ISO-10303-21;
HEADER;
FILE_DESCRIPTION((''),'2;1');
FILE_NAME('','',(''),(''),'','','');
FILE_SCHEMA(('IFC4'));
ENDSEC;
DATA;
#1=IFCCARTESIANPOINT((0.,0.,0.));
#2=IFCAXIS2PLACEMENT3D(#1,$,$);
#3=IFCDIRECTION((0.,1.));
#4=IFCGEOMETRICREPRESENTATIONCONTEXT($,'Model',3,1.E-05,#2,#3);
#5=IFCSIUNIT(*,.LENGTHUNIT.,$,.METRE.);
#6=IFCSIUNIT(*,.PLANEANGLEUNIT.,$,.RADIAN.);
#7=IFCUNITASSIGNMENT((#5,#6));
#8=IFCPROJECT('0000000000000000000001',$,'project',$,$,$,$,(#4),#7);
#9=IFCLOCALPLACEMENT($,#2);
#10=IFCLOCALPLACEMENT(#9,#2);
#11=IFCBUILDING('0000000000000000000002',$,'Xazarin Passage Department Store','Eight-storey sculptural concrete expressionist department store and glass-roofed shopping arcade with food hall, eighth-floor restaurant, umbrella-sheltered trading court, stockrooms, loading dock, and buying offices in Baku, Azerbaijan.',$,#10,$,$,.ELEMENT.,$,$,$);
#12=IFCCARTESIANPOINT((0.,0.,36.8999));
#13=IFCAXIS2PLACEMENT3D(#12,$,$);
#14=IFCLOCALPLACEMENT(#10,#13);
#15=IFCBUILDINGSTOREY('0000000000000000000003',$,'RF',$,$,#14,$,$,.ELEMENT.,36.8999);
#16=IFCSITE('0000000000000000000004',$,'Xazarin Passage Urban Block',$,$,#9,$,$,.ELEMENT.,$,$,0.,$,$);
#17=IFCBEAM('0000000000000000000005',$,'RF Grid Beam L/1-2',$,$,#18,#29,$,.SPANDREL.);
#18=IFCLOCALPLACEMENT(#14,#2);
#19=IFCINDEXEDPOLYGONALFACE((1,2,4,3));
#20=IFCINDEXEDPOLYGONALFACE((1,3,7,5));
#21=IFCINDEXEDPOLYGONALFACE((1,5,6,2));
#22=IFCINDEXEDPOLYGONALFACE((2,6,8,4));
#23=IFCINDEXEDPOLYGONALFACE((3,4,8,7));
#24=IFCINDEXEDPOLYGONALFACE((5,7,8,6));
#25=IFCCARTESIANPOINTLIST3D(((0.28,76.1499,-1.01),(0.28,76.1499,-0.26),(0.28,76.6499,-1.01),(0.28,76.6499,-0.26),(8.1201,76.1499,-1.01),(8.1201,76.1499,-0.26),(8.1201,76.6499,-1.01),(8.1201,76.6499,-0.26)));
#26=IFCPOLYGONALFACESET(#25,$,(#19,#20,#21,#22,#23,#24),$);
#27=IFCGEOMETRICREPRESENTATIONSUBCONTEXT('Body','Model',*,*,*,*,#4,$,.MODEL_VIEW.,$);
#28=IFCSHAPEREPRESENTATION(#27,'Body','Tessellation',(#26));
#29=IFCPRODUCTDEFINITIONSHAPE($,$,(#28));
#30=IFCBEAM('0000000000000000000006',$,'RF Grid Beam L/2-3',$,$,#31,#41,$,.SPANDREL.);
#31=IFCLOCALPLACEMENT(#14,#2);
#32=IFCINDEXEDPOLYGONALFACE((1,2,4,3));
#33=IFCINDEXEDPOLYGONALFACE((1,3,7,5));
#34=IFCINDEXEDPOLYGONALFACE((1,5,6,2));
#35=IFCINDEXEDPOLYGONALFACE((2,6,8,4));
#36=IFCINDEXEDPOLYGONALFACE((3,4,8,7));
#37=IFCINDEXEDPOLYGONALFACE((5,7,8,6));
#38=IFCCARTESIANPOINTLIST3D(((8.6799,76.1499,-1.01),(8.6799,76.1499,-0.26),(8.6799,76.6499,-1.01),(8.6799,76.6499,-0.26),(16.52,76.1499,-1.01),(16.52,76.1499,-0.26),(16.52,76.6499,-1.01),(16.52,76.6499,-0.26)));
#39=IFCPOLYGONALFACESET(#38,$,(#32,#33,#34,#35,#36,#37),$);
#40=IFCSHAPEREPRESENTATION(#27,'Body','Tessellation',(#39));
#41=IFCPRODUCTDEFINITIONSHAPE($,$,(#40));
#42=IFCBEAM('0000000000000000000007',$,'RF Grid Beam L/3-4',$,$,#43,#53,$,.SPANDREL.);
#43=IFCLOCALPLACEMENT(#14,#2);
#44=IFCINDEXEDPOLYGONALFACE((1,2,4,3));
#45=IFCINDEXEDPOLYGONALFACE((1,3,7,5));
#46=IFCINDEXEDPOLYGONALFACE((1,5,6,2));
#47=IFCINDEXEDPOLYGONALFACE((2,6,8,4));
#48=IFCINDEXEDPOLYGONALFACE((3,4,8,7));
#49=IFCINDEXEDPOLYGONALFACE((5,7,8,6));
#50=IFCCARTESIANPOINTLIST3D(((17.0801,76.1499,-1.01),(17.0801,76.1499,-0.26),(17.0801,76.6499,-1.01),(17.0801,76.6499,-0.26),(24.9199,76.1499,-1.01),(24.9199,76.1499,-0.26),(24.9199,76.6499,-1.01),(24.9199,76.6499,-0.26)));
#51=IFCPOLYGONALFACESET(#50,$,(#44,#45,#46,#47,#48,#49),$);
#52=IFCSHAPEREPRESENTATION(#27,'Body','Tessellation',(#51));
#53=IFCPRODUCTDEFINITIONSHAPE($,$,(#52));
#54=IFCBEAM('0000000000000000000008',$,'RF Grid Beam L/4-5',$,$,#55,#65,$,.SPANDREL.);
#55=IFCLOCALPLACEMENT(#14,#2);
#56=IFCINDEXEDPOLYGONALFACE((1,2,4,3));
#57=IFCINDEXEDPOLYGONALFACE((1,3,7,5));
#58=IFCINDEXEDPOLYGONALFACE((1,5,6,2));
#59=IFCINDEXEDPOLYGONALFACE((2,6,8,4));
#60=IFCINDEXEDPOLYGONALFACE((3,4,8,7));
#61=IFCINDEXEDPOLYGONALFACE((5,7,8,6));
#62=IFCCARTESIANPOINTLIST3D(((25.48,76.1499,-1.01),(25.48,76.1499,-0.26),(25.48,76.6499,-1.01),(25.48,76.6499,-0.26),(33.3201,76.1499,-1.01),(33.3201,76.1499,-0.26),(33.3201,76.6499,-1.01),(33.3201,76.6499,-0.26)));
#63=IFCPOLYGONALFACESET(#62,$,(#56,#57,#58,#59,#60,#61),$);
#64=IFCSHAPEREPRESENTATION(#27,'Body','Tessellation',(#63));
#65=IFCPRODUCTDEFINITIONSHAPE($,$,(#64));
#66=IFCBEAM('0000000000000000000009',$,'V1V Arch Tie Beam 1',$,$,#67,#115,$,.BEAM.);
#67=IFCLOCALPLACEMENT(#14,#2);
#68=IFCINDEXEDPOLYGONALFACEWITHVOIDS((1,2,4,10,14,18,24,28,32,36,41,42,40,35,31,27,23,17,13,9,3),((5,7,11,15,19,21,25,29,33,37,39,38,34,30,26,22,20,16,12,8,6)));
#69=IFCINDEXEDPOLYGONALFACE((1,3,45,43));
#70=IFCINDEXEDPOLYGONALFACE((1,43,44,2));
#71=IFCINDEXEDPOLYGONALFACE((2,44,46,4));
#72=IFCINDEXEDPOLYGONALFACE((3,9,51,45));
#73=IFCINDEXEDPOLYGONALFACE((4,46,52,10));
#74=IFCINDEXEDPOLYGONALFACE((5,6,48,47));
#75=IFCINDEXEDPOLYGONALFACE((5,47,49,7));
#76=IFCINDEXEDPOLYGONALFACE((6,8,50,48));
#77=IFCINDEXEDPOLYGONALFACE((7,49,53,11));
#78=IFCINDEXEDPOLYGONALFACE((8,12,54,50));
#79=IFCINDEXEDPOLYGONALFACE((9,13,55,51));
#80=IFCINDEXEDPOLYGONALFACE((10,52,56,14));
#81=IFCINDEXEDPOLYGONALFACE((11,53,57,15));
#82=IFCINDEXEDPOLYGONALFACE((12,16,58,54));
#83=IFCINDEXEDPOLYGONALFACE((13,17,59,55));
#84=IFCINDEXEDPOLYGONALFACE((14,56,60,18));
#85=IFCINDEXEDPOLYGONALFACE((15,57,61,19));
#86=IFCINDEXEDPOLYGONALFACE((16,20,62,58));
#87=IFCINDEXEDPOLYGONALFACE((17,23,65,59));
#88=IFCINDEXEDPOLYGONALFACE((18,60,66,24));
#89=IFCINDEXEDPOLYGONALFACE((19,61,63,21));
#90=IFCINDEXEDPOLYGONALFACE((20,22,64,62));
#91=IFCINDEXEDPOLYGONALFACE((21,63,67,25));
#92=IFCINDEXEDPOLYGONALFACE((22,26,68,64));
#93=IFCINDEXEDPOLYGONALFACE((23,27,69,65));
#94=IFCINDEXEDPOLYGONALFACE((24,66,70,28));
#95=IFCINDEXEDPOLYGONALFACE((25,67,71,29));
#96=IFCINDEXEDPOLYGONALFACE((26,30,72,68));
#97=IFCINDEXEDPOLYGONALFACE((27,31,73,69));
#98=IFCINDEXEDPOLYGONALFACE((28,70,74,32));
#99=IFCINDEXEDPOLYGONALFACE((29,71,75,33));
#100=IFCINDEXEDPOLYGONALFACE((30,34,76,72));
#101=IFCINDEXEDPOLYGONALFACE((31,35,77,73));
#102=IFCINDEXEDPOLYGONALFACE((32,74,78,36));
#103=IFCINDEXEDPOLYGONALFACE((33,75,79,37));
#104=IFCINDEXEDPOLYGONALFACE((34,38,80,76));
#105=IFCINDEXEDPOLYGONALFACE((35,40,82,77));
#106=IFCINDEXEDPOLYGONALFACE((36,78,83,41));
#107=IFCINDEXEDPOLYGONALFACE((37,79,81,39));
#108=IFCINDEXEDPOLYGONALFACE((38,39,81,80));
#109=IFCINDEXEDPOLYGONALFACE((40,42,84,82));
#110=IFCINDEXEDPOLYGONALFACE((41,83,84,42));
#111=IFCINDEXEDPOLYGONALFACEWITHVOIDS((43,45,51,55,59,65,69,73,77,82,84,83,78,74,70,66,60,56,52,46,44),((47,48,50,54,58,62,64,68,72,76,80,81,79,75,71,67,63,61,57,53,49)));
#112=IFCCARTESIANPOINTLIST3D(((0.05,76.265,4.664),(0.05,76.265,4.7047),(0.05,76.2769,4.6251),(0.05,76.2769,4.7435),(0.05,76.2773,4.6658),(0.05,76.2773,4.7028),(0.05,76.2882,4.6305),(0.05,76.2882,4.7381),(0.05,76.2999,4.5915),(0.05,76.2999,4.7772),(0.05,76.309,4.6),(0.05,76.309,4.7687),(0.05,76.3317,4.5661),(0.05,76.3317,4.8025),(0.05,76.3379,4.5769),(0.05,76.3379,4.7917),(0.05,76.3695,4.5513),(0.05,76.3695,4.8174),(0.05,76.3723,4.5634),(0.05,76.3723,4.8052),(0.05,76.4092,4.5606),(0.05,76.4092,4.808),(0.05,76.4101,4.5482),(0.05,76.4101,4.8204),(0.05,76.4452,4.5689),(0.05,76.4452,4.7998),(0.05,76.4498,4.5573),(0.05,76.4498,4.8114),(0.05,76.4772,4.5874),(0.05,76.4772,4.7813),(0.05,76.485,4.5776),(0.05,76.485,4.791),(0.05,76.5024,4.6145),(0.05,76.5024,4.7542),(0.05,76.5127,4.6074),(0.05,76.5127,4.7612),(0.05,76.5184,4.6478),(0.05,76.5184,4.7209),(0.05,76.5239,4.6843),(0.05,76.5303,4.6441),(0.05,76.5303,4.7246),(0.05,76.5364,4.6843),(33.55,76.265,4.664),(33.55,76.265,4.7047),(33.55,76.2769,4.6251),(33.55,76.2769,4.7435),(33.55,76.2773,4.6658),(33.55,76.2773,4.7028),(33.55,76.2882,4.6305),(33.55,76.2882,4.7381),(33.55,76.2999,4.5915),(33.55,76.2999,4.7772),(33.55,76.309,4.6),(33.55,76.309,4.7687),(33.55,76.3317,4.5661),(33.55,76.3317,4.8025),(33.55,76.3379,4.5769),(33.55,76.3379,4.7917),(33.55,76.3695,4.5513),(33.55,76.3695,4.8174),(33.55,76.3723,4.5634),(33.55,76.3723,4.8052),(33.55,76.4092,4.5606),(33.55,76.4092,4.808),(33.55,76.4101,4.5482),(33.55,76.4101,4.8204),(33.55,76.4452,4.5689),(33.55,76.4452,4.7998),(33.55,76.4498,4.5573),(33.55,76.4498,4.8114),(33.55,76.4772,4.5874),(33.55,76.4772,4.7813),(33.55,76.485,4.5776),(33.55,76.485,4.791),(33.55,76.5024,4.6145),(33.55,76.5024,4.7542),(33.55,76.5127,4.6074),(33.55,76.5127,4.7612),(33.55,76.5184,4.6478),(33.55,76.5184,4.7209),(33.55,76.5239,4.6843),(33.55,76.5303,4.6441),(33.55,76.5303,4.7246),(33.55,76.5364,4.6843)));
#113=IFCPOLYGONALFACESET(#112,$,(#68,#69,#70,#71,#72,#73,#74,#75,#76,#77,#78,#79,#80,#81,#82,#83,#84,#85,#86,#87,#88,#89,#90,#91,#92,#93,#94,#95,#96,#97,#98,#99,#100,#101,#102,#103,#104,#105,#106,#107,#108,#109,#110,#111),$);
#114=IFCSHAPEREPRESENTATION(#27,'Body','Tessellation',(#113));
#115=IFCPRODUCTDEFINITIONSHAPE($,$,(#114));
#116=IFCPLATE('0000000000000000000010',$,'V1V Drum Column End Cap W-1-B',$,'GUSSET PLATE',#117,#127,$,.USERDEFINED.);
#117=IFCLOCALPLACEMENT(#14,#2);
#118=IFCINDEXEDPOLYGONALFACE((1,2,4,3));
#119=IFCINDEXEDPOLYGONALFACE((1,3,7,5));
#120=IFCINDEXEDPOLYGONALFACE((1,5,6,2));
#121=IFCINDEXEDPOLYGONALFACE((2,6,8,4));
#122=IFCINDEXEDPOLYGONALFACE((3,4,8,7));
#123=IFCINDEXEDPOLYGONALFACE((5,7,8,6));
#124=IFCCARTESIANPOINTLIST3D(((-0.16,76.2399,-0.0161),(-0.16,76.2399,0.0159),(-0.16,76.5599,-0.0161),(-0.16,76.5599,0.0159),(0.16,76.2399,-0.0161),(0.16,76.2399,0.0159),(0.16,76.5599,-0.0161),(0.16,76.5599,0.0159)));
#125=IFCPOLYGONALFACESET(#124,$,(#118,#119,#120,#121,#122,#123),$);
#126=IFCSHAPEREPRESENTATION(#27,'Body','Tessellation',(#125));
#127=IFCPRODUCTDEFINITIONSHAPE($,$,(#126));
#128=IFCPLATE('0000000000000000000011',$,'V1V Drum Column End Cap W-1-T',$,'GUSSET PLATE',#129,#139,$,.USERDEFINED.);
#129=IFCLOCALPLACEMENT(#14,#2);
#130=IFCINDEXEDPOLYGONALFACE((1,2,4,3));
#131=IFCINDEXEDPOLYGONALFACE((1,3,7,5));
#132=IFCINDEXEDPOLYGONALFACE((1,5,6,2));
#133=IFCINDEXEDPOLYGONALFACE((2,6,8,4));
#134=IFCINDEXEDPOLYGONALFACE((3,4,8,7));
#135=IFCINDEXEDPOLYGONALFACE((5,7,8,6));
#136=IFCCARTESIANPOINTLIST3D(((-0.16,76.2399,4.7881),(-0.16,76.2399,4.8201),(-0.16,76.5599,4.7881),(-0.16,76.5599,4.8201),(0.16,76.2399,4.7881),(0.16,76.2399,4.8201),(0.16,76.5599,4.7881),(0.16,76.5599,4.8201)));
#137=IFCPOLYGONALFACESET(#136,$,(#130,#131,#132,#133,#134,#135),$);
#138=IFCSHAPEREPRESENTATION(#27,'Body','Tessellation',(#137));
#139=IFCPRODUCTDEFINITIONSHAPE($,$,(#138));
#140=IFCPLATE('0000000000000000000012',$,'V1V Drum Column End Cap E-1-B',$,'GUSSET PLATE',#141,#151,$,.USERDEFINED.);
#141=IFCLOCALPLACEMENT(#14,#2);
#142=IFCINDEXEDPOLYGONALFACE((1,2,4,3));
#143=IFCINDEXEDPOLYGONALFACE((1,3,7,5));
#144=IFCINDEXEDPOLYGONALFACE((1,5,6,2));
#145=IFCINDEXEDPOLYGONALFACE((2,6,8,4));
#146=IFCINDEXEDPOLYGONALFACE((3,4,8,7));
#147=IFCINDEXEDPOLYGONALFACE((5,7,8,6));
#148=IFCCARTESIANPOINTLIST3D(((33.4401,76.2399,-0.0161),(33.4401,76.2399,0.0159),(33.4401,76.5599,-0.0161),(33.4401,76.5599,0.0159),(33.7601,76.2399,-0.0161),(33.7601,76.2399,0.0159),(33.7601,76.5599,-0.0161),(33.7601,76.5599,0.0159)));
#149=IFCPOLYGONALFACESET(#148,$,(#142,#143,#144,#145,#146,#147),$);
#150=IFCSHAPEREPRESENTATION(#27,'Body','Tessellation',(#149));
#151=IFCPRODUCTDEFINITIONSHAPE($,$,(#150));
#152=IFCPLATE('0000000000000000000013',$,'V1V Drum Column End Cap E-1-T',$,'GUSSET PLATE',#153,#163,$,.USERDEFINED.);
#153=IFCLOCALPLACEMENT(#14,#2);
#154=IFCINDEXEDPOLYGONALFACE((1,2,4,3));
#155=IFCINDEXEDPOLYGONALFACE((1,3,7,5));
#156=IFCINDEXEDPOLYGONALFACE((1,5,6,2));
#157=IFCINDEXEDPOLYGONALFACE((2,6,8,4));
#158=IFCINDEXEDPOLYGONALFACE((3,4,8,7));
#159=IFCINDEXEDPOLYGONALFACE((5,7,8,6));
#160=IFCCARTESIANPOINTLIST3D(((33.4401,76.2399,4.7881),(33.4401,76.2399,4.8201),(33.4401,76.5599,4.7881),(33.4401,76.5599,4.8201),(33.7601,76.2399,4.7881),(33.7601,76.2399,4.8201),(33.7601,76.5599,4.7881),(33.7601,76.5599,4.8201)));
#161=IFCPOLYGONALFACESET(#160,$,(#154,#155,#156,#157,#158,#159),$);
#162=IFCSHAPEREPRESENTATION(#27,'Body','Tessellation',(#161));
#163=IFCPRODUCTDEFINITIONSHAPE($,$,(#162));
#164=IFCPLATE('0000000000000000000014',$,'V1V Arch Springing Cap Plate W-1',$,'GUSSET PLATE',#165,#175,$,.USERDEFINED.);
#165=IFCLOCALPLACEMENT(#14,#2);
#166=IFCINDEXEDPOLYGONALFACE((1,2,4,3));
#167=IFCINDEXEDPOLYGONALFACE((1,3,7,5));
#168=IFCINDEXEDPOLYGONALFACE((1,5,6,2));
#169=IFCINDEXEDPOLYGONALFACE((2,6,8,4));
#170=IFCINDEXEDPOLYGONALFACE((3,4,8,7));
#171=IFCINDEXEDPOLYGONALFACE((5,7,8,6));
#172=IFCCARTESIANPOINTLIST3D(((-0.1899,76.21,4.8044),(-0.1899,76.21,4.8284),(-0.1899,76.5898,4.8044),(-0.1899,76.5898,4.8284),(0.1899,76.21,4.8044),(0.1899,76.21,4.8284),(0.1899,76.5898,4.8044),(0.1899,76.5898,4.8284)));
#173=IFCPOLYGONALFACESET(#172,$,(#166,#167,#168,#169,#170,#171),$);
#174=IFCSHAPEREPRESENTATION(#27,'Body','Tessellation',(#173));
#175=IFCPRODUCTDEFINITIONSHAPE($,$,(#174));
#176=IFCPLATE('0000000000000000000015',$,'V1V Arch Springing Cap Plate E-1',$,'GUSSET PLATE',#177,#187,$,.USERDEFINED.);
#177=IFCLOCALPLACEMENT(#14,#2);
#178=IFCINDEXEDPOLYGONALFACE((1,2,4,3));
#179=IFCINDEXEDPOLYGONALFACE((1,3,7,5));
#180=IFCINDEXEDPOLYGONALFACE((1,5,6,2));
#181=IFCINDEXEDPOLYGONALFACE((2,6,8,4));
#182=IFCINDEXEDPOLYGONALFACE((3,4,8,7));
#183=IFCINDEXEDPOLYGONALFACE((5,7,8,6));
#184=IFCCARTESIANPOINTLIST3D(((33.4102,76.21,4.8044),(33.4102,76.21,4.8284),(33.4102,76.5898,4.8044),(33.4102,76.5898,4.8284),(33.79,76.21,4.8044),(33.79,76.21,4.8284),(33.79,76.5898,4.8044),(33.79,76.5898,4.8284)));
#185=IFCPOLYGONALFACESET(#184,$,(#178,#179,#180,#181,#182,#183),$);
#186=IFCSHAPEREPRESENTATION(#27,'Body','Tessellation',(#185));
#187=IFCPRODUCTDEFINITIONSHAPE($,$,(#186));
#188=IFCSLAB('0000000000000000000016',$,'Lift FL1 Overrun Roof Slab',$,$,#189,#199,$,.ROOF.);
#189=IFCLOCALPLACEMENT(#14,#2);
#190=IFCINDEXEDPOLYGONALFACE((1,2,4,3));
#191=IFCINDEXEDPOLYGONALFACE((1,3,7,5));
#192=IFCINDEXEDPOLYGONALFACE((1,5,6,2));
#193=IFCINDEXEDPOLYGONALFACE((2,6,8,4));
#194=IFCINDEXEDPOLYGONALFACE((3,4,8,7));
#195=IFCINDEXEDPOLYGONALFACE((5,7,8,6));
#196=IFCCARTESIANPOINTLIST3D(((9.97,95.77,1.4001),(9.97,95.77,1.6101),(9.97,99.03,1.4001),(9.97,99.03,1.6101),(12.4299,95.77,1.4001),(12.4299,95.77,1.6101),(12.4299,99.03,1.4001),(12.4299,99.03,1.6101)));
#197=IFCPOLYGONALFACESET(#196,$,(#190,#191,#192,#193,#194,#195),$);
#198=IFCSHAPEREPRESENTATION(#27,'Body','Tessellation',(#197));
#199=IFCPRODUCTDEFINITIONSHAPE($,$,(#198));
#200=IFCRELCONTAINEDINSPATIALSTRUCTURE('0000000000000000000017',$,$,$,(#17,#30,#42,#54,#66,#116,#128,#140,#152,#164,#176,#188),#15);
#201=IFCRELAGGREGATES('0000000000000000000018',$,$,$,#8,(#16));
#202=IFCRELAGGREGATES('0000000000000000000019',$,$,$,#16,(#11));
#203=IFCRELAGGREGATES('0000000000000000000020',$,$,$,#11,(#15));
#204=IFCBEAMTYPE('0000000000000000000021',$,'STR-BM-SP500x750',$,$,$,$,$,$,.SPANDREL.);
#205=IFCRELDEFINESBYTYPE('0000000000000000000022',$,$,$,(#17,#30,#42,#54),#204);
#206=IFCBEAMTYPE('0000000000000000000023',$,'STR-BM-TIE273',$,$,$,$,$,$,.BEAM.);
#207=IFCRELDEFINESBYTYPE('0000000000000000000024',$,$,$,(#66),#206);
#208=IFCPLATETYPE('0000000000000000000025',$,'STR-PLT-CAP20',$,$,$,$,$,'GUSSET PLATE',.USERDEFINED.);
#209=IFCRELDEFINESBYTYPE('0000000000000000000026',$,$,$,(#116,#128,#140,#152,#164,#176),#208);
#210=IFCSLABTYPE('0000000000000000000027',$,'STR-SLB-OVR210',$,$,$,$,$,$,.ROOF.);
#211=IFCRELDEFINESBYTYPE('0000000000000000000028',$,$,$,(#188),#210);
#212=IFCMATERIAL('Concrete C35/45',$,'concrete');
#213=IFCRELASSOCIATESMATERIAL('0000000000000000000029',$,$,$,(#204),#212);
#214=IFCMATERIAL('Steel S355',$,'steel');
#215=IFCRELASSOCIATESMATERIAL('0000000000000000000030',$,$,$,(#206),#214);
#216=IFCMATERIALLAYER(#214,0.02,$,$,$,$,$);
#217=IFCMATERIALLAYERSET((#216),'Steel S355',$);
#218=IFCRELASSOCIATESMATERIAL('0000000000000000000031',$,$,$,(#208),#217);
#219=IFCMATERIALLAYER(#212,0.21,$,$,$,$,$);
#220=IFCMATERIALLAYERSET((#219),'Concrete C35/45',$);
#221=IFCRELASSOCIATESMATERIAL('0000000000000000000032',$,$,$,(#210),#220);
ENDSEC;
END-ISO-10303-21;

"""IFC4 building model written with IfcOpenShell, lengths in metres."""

from ifc_helpers import new_model, si_unit, direction, frame, origin, origin_2d, place, context, subcontext, project, spatial, polyline, rectangle, hollow_circle, outline, extrude, material, layer, layer_set, material_profile, profile_set, type_object, element, save


model = new_model("IFC4")

# Units and contexts
model_context = context("Model", 3, precision=1e-05, world=origin(), true_north=direction((0.0, 1.0)))
body_context = subcontext(model_context, "Body", "Model", "MODEL_VIEW")
ifc_project = project(units=[si_unit("LENGTHUNIT", "METRE"), si_unit("PLANEANGLEUNIT", "RADIAN")], contexts=[model_context])

# Site, building, storey
site_placement = place(None, origin())
site = spatial("IfcSite", under=ifc_project, at=site_placement, Name="Xazarin Passage Urban Block", CompositionType="ELEMENT", RefElevation=0.0)
building_placement = place(site_placement, origin())
building = spatial("IfcBuilding", under=site, at=building_placement, Name="Xazarin Passage Department Store", Description="Eight-storey sculptural concrete expressionist department store and glass-roofed shopping arcade with food hall, eighth-floor restaurant, umbrella-sheltered trading court, stockrooms, loading dock, and buying offices in Baku, Azerbaijan.", CompositionType="ELEMENT")
storey_placement = place(building_placement, frame((0.0, 0.0, 36.8999)))
storey = spatial("IfcBuildingStorey", under=building, at=storey_placement, Name="RF", CompositionType="ELEMENT", Elevation=36.8999)

# Shared definitions
ifc_material_1 = material(Name="Steel S355", Category="steel")

# Beams
ifc_material_2 = material(Name="Concrete C35/45", Category="concrete")
ifc_material_profile_1 = material_profile(ifc_material_2, rectangle(XDim=0.5, YDim=0.75, at=origin_2d()), Name="RC 500x750")
ifc_profile_set_1 = profile_set([ifc_material_profile_1], Name="Concrete C35/45")
beam_type_1 = type_object("IfcBeamType", Name="STR-BM-SP500x750", PredefinedType="SPANDREL", material=ifc_profile_set_1)
for number, where, z_axis, x_axis, name in (
    (1, (0.28, 76.3999, -0.635), (1.0, 0.0, 0.0), (0.0, 1.0, 0.0), "RF Grid Beam L/1-2"),
    (2, (8.6799, 76.3999, -0.635), (1.0, 0.0, 0.0), (0.0, 1.0, 0.0), "RF Grid Beam L/2-3"),
):
    element("IfcBeam", number, at=place(storey_placement, frame(where, z_axis=z_axis, x_axis=x_axis)), inside=storey, type_object=beam_type_1, Name=name, PredefinedType="SPANDREL", context=body_context, shape_type="SweptSolid", body=[
        extrude(rectangle(XDim=0.5, YDim=0.75, at=origin_2d()), origin(), (0.0, 0.0, 1.0), 7.8401),
    ])
beam_1_placement = place(storey_placement, frame((17.0801, 76.3999, -0.635), z_axis=(1.0, 0.0, 0.0), x_axis=(0.0, 1.0, 0.0)))
element("IfcBeam", 3, at=beam_1_placement, inside=storey, type_object=beam_type_1, Name="RF Grid Beam L/3-4", PredefinedType="SPANDREL", context=body_context, shape_type="SweptSolid", body=[
    extrude(rectangle(XDim=0.5, YDim=0.75, at=origin_2d()), origin(), (0.0, 0.0, 1.0), 7.8398),
])
beam_2_placement = place(storey_placement, frame((25.48, 76.3999, -0.635), z_axis=(1.0, 0.0, 0.0), x_axis=(0.0, 1.0, 0.0)))
element("IfcBeam", 4, at=beam_2_placement, inside=storey, type_object=beam_type_1, Name="RF Grid Beam L/4-5", PredefinedType="SPANDREL", context=body_context, shape_type="SweptSolid", body=[
    extrude(rectangle(XDim=0.5, YDim=0.75, at=origin_2d()), origin(), (0.0, 0.0, 1.0), 7.8401),
])
ifc_material_profile_2 = material_profile(ifc_material_1, hollow_circle(Radius=0.1365, WallThickness=0.0125, at=origin_2d()), Name="CHS 273x12.5")
ifc_profile_set_2 = profile_set([ifc_material_profile_2], Name="Steel S355")
beam_type_2 = type_object("IfcBeamType", Name="STR-BM-TIE273", PredefinedType="BEAM", material=ifc_profile_set_2)
beam_3_placement = place(storey_placement, frame((0.05, 76.3999, 4.6843), z_axis=(1.0, 0.0, 0.0), x_axis=(0.0, 1.0, 0.0)))
element("IfcBeam", 5, at=beam_3_placement, inside=storey, type_object=beam_type_2, Name="V1V Arch Tie Beam 1", PredefinedType="BEAM", context=body_context, shape_type="SweptSolid", body=[
    extrude(hollow_circle(Radius=0.1365, WallThickness=0.0125, at=origin_2d()), origin(), (0.0, 0.0, 1.0), 33.5),
])

# Plates
ifc_layer_1 = layer(ifc_material_1, 0.02)
ifc_layer_set_1 = layer_set([ifc_layer_1], Name="Steel S355")
plate_type = type_object("IfcPlateType", Name="STR-PLT-CAP20", ElementType="GUSSET PLATE", PredefinedType="USERDEFINED", material=ifc_layer_set_1)
for number, where, z_axis, x_axis, name in (
    (6, (0.0, 76.3999, -0.0161), (0.0, 0.0, 1.0), (1.0, 0.0, 0.0), "V1V Drum Column End Cap W-1-B"),
    (7, (0.0, 76.3999, 4.7881), (0.0, 0.0, 1.0), (1.0, 0.0, 0.0), "V1V Drum Column End Cap W-1-T"),
    (8, (33.6001, 76.3999, -0.0161), (0.0, 0.0, 1.0), (1.0, 0.0, 0.0), "V1V Drum Column End Cap E-1-B"),
    (9, (33.6001, 76.3999, 4.7881), (0.0, 0.0, 1.0), (1.0, 0.0, 0.0), "V1V Drum Column End Cap E-1-T"),
):
    element("IfcPlate", number, at=place(storey_placement, frame(where, z_axis=z_axis, x_axis=x_axis)), inside=storey, type_object=plate_type, Name=name, ObjectType="GUSSET PLATE", PredefinedType="USERDEFINED", context=body_context, shape_type="SweptSolid", body=[
        extrude(rectangle(XDim=0.3201, YDim=0.3201, at=origin_2d()), origin(), (0.0, 0.0, 1.0), 0.032),
    ])
for number, where, z_axis, x_axis, name in (
    (10, (0.0, 76.3999, 4.8044), (0.0, 0.0, 1.0), (1.0, 0.0, 0.0), "V1V Arch Springing Cap Plate W-1"),
    (11, (33.6001, 76.3999, 4.8044), (0.0, 0.0, 1.0), (1.0, 0.0, 0.0), "V1V Arch Springing Cap Plate E-1"),
):
    element("IfcPlate", number, at=place(storey_placement, frame(where, z_axis=z_axis, x_axis=x_axis)), inside=storey, type_object=plate_type, Name=name, ObjectType="GUSSET PLATE", PredefinedType="USERDEFINED", context=body_context, shape_type="SweptSolid", body=[
        extrude(rectangle(XDim=0.3799, YDim=0.3799, at=origin_2d()), origin(), (0.0, 0.0, 1.0), 0.0239),
    ])

# Slab
ifc_layer_2 = layer(ifc_material_2, 0.21)
ifc_layer_set_2 = layer_set([ifc_layer_2], Name="Concrete C35/45")
slab_type_1 = type_object("IfcSlabType", Name="STR-SLB-OVR210", PredefinedType="ROOF", material=ifc_layer_set_2)
slab_1_placement = place(storey_placement, frame((0.0, 0.0, 1.4001)))
element("IfcSlab", 12, at=slab_1_placement, inside=storey, type_object=slab_type_1, Name="Lift FL1 Overrun Roof Slab", PredefinedType="ROOF", context=body_context, shape_type="SweptSolid", body=[
    extrude(outline(polyline([(9.97, 95.77), (12.4299, 95.77), (12.4299, 99.03), (9.97, 99.03), (9.97, 95.77)])), origin(), (0.0, 0.0, 1.0), 0.21),
])

save(model, "model.ifc")
